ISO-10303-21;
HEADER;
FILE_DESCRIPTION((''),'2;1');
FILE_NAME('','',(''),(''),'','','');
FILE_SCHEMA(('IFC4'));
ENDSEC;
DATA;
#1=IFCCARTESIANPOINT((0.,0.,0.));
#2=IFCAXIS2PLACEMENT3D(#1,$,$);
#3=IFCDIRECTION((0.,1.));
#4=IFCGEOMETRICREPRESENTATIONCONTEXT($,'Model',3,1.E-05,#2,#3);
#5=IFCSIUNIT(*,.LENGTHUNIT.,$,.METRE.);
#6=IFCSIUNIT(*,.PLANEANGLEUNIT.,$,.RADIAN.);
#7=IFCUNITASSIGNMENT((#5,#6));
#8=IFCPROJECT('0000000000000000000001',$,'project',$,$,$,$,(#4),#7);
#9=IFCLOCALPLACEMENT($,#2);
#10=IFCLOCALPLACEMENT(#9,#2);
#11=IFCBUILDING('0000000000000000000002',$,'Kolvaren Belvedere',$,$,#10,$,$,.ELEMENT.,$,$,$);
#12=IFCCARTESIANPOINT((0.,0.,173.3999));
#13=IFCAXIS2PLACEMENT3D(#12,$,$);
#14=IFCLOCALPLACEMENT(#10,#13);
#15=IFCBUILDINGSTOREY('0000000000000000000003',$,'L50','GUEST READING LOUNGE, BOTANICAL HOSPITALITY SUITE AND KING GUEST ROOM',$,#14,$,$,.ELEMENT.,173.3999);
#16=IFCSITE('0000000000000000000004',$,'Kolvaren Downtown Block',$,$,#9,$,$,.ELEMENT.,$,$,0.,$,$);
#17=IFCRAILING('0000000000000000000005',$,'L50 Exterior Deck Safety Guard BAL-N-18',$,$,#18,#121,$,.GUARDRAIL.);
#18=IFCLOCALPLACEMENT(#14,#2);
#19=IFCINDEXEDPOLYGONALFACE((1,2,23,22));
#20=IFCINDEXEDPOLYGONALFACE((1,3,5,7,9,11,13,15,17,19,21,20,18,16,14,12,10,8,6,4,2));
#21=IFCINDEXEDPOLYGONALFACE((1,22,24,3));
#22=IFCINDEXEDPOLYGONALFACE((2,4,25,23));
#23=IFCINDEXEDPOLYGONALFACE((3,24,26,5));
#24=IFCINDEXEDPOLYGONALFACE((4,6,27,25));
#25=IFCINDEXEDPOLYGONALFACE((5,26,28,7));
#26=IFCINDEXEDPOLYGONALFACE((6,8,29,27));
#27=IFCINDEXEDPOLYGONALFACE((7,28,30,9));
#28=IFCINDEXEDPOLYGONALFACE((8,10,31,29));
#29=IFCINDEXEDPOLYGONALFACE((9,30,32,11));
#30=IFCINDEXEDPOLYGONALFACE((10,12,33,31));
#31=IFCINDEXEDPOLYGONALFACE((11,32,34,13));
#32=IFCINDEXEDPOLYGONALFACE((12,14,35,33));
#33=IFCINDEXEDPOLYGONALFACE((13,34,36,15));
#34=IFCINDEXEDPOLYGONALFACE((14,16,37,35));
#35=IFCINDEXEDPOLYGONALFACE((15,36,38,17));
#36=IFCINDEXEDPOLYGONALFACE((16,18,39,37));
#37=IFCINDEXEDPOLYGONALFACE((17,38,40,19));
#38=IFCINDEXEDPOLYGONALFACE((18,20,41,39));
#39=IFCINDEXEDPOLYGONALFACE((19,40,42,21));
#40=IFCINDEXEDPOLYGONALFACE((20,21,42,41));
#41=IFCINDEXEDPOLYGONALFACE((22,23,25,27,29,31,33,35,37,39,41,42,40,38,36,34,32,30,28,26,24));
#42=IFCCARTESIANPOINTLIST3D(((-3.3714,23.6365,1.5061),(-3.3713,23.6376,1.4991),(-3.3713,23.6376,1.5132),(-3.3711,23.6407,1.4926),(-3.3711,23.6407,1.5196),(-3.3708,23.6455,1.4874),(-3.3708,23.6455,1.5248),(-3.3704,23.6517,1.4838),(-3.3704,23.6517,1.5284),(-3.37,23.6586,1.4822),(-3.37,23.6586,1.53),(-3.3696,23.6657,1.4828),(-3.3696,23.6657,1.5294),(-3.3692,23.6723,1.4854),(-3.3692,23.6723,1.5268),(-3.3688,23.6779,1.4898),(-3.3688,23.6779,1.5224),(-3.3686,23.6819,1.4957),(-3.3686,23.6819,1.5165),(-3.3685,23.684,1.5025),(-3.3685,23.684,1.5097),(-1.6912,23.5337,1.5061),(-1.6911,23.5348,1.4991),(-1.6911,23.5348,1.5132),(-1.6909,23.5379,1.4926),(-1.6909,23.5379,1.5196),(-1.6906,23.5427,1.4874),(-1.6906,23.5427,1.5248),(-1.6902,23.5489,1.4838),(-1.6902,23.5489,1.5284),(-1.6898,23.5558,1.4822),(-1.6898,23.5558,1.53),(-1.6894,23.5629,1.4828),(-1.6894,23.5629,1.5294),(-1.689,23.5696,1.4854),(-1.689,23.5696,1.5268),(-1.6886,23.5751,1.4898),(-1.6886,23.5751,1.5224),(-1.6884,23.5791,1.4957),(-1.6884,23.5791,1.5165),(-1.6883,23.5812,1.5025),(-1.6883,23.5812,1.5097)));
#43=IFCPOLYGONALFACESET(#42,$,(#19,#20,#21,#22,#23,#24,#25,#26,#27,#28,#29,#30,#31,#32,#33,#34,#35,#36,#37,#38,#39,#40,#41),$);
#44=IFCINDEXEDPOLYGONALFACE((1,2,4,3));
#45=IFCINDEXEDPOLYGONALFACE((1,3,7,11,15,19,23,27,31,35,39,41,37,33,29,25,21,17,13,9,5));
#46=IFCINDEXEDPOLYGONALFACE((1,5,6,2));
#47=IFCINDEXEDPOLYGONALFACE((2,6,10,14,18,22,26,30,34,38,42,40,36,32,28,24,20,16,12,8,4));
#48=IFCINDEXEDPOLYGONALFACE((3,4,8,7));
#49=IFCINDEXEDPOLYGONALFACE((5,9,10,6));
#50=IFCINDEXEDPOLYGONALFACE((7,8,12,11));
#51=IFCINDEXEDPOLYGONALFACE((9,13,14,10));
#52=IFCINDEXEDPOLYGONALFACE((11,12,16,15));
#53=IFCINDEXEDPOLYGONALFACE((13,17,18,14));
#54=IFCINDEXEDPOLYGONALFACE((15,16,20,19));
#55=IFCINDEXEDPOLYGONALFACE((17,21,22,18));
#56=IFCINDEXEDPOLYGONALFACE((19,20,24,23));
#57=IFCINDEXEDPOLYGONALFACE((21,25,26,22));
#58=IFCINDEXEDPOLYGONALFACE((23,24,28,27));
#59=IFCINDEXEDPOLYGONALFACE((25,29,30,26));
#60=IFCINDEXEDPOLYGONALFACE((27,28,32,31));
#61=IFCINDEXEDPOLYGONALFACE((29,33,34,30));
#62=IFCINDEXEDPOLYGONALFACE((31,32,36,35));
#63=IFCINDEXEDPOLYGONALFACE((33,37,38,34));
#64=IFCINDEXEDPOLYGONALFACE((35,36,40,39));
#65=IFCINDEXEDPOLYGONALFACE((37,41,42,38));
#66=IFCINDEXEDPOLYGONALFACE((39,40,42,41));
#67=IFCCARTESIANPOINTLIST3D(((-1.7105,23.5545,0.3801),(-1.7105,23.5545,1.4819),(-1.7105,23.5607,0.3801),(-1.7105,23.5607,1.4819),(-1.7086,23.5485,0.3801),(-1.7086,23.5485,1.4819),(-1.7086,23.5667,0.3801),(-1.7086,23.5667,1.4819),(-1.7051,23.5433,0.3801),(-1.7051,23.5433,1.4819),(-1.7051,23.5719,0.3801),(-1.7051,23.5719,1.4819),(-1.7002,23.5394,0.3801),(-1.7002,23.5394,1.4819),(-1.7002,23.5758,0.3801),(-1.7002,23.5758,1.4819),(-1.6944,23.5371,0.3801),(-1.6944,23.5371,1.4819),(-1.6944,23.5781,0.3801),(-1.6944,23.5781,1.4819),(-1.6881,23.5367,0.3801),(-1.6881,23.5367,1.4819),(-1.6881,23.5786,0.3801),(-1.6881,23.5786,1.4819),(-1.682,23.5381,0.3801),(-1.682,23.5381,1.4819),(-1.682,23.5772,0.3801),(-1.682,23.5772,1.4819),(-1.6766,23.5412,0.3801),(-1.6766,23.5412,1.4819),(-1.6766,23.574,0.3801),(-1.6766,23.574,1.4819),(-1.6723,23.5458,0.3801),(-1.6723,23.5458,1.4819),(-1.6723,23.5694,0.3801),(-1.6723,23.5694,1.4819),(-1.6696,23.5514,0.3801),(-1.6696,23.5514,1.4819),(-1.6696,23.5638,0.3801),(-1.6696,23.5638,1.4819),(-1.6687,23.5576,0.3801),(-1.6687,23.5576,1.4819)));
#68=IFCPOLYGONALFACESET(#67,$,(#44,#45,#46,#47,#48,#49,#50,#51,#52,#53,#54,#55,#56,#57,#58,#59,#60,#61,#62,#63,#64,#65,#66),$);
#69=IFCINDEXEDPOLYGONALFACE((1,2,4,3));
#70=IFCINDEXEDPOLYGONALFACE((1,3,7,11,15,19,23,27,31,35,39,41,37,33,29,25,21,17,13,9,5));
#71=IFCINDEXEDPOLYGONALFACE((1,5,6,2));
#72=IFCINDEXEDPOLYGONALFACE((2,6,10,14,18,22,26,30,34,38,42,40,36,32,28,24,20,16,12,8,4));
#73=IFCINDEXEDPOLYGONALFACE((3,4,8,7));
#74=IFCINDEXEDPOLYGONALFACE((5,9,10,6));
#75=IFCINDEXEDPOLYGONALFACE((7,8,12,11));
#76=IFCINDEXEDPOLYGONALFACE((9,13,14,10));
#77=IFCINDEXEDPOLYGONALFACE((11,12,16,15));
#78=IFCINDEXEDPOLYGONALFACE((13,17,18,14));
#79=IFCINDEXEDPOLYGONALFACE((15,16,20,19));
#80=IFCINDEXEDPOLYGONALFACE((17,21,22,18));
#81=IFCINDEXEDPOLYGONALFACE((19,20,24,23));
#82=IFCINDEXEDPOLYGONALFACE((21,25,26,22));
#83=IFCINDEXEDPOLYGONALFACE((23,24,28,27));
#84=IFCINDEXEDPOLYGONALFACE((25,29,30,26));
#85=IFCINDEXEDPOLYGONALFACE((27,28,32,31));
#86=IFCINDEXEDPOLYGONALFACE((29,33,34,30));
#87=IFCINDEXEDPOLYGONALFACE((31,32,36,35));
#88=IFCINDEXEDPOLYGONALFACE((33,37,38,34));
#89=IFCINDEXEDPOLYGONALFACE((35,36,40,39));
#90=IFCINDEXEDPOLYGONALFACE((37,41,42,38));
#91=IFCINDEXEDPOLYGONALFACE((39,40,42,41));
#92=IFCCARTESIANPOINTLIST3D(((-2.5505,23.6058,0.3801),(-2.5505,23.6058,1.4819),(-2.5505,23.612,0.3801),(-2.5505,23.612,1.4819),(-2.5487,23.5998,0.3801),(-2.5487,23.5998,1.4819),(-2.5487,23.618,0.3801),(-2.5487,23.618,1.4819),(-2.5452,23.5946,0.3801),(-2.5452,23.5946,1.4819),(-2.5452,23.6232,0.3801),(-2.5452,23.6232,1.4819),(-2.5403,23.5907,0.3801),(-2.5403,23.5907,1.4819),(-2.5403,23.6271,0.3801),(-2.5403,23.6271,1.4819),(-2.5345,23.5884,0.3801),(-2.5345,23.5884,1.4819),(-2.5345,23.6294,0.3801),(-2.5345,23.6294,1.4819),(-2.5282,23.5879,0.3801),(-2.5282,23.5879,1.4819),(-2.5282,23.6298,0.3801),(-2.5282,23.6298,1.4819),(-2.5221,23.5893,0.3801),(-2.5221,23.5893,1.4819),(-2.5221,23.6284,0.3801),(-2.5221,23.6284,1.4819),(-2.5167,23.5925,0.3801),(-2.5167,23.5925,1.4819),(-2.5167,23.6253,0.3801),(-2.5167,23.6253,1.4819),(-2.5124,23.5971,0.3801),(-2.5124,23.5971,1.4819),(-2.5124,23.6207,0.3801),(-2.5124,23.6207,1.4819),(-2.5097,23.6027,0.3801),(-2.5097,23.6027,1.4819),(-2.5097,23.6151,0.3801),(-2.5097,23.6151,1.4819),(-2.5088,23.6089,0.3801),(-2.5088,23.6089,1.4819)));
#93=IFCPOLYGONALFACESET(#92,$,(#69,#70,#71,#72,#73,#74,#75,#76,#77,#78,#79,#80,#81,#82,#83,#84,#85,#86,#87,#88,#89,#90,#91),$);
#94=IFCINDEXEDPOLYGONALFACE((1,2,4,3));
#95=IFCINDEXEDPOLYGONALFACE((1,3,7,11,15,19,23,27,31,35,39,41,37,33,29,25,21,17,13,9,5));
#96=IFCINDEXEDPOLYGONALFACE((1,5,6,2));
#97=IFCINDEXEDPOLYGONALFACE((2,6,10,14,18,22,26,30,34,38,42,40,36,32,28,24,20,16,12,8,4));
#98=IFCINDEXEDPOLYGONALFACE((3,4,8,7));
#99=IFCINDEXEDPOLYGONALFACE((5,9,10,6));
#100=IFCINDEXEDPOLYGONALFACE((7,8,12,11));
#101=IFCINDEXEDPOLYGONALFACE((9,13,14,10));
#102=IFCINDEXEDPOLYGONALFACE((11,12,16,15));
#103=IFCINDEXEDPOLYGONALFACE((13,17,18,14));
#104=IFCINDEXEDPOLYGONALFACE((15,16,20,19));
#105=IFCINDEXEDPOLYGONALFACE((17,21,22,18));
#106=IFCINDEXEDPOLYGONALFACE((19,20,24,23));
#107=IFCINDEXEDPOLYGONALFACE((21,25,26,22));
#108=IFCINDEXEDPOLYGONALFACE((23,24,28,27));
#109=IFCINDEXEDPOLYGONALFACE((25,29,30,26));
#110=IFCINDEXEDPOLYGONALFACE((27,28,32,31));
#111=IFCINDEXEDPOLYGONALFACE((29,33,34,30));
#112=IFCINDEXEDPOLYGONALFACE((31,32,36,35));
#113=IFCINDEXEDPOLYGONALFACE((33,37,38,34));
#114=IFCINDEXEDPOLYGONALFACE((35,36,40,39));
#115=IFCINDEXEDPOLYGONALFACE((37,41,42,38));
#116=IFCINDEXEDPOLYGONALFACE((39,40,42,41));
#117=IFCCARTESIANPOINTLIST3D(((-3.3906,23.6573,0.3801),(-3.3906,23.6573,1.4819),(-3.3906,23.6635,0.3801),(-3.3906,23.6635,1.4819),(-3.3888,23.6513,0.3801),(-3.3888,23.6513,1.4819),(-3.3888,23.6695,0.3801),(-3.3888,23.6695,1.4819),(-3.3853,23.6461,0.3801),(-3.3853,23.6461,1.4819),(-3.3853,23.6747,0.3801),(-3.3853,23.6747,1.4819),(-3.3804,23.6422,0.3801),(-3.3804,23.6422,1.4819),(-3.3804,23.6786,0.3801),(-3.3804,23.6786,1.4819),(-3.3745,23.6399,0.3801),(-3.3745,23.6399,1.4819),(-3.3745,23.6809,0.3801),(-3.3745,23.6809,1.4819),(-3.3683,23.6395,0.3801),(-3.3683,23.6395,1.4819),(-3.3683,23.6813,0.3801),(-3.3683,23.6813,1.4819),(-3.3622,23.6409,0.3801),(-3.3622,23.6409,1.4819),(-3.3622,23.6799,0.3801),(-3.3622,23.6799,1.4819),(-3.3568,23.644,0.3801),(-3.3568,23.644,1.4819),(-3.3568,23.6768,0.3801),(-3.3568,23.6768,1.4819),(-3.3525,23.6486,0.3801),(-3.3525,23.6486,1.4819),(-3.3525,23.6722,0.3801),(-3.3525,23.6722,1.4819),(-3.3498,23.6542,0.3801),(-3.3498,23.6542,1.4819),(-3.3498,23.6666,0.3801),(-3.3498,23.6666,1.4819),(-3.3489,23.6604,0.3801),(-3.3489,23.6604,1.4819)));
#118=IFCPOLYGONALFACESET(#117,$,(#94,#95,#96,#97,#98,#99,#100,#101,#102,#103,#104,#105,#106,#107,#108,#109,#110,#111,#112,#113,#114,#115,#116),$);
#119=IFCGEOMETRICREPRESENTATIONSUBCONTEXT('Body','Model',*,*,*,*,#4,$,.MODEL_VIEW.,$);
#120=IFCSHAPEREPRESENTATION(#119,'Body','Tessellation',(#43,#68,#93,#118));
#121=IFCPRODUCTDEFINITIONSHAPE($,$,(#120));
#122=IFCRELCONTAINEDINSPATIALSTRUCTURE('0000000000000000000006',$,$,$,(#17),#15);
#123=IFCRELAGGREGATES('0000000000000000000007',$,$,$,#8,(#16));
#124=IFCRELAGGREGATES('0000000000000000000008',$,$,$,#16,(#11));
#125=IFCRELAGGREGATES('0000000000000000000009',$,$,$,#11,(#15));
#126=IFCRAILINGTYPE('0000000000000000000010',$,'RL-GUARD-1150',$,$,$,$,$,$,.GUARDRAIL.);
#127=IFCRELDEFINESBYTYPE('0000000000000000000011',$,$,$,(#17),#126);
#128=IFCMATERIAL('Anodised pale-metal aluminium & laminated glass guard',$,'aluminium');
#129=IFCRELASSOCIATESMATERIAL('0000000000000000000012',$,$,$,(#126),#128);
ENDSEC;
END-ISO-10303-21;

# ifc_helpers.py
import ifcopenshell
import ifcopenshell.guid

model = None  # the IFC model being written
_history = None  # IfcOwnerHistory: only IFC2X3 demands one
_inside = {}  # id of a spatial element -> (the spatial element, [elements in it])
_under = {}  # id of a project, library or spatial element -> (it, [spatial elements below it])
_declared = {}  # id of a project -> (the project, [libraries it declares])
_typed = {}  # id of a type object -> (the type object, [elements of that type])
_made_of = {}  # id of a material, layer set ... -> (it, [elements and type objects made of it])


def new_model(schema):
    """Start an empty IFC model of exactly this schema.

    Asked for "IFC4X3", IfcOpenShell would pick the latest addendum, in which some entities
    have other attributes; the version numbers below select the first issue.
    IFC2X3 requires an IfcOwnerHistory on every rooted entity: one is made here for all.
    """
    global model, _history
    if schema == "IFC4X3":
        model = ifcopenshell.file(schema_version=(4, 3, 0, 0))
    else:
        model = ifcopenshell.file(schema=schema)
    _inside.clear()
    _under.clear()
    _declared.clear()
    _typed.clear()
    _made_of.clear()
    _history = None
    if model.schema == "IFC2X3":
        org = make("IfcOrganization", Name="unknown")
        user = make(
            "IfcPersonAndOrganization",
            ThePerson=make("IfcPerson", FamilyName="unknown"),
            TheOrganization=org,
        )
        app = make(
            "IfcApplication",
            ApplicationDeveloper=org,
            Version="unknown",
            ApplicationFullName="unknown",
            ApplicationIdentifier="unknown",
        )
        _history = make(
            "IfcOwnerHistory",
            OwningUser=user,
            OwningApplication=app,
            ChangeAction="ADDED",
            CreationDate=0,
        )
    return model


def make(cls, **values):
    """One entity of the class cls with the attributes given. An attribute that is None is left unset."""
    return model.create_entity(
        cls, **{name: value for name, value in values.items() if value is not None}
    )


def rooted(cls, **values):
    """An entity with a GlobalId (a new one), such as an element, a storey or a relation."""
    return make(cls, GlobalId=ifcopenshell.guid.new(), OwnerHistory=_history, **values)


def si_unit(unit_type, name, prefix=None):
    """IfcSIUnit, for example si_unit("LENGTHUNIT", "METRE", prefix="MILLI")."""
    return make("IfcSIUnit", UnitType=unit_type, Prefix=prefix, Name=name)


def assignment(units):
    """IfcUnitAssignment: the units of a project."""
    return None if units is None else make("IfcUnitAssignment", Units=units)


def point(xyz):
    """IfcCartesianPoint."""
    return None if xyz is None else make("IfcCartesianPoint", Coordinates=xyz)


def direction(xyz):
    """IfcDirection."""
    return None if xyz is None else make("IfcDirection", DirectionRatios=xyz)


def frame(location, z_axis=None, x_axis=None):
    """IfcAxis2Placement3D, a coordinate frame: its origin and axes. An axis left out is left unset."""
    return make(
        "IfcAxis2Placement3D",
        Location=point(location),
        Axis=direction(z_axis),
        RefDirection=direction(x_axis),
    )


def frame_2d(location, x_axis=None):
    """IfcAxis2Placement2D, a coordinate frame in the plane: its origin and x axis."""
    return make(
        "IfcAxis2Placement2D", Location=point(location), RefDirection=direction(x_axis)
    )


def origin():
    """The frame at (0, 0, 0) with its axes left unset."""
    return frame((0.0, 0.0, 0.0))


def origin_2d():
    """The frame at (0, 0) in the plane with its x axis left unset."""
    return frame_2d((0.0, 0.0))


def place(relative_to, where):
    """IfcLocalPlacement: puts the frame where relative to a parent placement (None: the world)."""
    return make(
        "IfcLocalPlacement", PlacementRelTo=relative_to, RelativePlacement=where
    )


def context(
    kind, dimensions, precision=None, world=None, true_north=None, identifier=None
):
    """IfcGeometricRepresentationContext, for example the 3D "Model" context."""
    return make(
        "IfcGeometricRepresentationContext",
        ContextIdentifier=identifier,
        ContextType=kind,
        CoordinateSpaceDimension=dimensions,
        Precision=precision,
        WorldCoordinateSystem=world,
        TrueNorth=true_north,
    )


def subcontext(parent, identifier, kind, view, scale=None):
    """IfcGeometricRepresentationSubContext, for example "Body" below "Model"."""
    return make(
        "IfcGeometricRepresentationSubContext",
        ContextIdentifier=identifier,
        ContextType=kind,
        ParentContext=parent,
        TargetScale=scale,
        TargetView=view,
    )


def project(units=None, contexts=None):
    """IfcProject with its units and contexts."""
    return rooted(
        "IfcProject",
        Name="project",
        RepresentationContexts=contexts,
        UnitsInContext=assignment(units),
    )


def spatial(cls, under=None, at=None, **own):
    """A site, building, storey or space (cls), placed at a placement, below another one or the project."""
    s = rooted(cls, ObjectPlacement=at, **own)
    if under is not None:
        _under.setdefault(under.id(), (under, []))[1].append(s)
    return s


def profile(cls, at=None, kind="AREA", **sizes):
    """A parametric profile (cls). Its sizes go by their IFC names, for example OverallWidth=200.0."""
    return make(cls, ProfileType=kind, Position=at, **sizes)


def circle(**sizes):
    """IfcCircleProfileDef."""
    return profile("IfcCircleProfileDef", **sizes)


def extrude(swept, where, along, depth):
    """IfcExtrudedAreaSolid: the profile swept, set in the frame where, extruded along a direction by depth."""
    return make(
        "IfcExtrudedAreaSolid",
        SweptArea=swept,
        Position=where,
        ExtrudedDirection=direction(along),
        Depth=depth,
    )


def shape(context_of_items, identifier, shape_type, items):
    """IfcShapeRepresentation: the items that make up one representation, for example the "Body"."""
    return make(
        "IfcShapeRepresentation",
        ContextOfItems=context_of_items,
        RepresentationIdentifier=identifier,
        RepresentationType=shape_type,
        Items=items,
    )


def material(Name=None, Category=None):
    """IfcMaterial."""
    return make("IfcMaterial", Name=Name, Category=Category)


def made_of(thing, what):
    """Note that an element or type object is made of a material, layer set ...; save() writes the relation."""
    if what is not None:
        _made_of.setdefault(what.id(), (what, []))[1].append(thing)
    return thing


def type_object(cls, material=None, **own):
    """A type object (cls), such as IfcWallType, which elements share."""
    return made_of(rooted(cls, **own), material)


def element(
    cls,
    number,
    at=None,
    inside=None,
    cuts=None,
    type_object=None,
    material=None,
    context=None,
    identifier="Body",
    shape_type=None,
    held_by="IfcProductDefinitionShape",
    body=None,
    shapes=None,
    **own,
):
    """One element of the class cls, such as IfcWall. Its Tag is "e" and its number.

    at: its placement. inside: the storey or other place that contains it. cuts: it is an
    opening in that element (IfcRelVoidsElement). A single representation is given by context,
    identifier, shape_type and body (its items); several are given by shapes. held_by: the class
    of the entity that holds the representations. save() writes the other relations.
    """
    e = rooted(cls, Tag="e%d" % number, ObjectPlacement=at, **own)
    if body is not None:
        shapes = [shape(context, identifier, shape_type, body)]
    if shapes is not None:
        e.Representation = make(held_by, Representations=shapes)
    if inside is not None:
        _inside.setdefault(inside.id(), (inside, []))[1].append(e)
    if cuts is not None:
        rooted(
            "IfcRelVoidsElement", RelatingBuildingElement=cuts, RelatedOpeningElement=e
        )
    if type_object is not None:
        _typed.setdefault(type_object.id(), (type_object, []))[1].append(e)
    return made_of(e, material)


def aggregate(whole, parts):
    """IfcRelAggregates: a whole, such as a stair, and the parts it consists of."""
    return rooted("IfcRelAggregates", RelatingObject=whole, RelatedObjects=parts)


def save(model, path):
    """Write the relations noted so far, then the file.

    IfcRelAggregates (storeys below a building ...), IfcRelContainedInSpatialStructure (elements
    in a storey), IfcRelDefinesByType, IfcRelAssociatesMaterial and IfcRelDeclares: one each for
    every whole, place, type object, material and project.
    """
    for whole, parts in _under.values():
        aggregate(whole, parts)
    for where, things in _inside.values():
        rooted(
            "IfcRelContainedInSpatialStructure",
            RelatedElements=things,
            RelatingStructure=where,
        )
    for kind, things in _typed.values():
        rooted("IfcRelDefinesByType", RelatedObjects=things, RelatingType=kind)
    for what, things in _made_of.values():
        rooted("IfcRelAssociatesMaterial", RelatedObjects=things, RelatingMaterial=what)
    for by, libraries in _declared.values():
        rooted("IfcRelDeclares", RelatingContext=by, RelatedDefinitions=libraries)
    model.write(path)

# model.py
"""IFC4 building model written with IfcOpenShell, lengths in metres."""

from ifc_helpers import new_model, si_unit, direction, frame, origin, origin_2d, place, context, subcontext, project, spatial, circle, extrude, material, type_object, element, save


model = new_model("IFC4")

# Units and contexts
model_context = context("Model", 3, precision=1e-05, world=origin(), true_north=direction((0.0, 1.0)))
body_context = subcontext(model_context, "Body", "Model", "MODEL_VIEW")
ifc_project = project(units=[si_unit("LENGTHUNIT", "METRE"), si_unit("PLANEANGLEUNIT", "RADIAN")], contexts=[model_context])

# Site, building, storey
site_placement = place(None, origin())
site = spatial("IfcSite", under=ifc_project, at=site_placement, Name="Kolvaren Downtown Block", CompositionType="ELEMENT", RefElevation=0.0)
building_placement = place(site_placement, origin())
building = spatial("IfcBuilding", under=site, at=building_placement, Name="Kolvaren Belvedere", CompositionType="ELEMENT")
storey_placement = place(building_placement, frame((0.0, 0.0, 173.3999)))
storey = spatial("IfcBuildingStorey", under=building, at=storey_placement, Name="L50", Description="GUEST READING LOUNGE, BOTANICAL HOSPITALITY SUITE AND KING GUEST ROOM", CompositionType="ELEMENT", Elevation=173.3999)

# Railing
ifc_material_1 = material(Name="Anodised pale-metal aluminium & laminated glass guard", Category="aluminium")
railing_type = type_object("IfcRailingType", Name="RL-GUARD-1150", PredefinedType="GUARDRAIL", material=ifc_material_1)
railing_1_placement = place(storey_placement, frame((-1.6897, 23.5576, 0.3801)))
element("IfcRailing", 1, at=railing_1_placement, inside=storey, type_object=railing_type, Name="L50 Exterior Deck Safety Guard BAL-N-18", PredefinedType="GUARDRAIL", context=body_context, shape_type="SweptSolid", body=[
    extrude(circle(Radius=0.0239, at=origin_2d()), frame((0.0, 0.0, 1.126), z_axis=(-0.998134, 0.06106, 0.0), x_axis=(-0.06106, -0.998134, 0.0)), (0.0, 0.0, 1.0), 1.6833),
    extrude(circle(Radius=0.021, at=origin_2d()), origin(), (0.0, 0.0, 1.0), 1.1018),
    extrude(circle(Radius=0.021, at=origin_2d()), frame((-0.8401, 0.0513, 0.0)), (0.0, 0.0, 1.0), 1.1018),
    extrude(circle(Radius=0.021, at=origin_2d()), frame((-1.6802, 0.1028, 0.0)), (0.0, 0.0, 1.0), 1.1018),
])

save(model, "model.ifc")
